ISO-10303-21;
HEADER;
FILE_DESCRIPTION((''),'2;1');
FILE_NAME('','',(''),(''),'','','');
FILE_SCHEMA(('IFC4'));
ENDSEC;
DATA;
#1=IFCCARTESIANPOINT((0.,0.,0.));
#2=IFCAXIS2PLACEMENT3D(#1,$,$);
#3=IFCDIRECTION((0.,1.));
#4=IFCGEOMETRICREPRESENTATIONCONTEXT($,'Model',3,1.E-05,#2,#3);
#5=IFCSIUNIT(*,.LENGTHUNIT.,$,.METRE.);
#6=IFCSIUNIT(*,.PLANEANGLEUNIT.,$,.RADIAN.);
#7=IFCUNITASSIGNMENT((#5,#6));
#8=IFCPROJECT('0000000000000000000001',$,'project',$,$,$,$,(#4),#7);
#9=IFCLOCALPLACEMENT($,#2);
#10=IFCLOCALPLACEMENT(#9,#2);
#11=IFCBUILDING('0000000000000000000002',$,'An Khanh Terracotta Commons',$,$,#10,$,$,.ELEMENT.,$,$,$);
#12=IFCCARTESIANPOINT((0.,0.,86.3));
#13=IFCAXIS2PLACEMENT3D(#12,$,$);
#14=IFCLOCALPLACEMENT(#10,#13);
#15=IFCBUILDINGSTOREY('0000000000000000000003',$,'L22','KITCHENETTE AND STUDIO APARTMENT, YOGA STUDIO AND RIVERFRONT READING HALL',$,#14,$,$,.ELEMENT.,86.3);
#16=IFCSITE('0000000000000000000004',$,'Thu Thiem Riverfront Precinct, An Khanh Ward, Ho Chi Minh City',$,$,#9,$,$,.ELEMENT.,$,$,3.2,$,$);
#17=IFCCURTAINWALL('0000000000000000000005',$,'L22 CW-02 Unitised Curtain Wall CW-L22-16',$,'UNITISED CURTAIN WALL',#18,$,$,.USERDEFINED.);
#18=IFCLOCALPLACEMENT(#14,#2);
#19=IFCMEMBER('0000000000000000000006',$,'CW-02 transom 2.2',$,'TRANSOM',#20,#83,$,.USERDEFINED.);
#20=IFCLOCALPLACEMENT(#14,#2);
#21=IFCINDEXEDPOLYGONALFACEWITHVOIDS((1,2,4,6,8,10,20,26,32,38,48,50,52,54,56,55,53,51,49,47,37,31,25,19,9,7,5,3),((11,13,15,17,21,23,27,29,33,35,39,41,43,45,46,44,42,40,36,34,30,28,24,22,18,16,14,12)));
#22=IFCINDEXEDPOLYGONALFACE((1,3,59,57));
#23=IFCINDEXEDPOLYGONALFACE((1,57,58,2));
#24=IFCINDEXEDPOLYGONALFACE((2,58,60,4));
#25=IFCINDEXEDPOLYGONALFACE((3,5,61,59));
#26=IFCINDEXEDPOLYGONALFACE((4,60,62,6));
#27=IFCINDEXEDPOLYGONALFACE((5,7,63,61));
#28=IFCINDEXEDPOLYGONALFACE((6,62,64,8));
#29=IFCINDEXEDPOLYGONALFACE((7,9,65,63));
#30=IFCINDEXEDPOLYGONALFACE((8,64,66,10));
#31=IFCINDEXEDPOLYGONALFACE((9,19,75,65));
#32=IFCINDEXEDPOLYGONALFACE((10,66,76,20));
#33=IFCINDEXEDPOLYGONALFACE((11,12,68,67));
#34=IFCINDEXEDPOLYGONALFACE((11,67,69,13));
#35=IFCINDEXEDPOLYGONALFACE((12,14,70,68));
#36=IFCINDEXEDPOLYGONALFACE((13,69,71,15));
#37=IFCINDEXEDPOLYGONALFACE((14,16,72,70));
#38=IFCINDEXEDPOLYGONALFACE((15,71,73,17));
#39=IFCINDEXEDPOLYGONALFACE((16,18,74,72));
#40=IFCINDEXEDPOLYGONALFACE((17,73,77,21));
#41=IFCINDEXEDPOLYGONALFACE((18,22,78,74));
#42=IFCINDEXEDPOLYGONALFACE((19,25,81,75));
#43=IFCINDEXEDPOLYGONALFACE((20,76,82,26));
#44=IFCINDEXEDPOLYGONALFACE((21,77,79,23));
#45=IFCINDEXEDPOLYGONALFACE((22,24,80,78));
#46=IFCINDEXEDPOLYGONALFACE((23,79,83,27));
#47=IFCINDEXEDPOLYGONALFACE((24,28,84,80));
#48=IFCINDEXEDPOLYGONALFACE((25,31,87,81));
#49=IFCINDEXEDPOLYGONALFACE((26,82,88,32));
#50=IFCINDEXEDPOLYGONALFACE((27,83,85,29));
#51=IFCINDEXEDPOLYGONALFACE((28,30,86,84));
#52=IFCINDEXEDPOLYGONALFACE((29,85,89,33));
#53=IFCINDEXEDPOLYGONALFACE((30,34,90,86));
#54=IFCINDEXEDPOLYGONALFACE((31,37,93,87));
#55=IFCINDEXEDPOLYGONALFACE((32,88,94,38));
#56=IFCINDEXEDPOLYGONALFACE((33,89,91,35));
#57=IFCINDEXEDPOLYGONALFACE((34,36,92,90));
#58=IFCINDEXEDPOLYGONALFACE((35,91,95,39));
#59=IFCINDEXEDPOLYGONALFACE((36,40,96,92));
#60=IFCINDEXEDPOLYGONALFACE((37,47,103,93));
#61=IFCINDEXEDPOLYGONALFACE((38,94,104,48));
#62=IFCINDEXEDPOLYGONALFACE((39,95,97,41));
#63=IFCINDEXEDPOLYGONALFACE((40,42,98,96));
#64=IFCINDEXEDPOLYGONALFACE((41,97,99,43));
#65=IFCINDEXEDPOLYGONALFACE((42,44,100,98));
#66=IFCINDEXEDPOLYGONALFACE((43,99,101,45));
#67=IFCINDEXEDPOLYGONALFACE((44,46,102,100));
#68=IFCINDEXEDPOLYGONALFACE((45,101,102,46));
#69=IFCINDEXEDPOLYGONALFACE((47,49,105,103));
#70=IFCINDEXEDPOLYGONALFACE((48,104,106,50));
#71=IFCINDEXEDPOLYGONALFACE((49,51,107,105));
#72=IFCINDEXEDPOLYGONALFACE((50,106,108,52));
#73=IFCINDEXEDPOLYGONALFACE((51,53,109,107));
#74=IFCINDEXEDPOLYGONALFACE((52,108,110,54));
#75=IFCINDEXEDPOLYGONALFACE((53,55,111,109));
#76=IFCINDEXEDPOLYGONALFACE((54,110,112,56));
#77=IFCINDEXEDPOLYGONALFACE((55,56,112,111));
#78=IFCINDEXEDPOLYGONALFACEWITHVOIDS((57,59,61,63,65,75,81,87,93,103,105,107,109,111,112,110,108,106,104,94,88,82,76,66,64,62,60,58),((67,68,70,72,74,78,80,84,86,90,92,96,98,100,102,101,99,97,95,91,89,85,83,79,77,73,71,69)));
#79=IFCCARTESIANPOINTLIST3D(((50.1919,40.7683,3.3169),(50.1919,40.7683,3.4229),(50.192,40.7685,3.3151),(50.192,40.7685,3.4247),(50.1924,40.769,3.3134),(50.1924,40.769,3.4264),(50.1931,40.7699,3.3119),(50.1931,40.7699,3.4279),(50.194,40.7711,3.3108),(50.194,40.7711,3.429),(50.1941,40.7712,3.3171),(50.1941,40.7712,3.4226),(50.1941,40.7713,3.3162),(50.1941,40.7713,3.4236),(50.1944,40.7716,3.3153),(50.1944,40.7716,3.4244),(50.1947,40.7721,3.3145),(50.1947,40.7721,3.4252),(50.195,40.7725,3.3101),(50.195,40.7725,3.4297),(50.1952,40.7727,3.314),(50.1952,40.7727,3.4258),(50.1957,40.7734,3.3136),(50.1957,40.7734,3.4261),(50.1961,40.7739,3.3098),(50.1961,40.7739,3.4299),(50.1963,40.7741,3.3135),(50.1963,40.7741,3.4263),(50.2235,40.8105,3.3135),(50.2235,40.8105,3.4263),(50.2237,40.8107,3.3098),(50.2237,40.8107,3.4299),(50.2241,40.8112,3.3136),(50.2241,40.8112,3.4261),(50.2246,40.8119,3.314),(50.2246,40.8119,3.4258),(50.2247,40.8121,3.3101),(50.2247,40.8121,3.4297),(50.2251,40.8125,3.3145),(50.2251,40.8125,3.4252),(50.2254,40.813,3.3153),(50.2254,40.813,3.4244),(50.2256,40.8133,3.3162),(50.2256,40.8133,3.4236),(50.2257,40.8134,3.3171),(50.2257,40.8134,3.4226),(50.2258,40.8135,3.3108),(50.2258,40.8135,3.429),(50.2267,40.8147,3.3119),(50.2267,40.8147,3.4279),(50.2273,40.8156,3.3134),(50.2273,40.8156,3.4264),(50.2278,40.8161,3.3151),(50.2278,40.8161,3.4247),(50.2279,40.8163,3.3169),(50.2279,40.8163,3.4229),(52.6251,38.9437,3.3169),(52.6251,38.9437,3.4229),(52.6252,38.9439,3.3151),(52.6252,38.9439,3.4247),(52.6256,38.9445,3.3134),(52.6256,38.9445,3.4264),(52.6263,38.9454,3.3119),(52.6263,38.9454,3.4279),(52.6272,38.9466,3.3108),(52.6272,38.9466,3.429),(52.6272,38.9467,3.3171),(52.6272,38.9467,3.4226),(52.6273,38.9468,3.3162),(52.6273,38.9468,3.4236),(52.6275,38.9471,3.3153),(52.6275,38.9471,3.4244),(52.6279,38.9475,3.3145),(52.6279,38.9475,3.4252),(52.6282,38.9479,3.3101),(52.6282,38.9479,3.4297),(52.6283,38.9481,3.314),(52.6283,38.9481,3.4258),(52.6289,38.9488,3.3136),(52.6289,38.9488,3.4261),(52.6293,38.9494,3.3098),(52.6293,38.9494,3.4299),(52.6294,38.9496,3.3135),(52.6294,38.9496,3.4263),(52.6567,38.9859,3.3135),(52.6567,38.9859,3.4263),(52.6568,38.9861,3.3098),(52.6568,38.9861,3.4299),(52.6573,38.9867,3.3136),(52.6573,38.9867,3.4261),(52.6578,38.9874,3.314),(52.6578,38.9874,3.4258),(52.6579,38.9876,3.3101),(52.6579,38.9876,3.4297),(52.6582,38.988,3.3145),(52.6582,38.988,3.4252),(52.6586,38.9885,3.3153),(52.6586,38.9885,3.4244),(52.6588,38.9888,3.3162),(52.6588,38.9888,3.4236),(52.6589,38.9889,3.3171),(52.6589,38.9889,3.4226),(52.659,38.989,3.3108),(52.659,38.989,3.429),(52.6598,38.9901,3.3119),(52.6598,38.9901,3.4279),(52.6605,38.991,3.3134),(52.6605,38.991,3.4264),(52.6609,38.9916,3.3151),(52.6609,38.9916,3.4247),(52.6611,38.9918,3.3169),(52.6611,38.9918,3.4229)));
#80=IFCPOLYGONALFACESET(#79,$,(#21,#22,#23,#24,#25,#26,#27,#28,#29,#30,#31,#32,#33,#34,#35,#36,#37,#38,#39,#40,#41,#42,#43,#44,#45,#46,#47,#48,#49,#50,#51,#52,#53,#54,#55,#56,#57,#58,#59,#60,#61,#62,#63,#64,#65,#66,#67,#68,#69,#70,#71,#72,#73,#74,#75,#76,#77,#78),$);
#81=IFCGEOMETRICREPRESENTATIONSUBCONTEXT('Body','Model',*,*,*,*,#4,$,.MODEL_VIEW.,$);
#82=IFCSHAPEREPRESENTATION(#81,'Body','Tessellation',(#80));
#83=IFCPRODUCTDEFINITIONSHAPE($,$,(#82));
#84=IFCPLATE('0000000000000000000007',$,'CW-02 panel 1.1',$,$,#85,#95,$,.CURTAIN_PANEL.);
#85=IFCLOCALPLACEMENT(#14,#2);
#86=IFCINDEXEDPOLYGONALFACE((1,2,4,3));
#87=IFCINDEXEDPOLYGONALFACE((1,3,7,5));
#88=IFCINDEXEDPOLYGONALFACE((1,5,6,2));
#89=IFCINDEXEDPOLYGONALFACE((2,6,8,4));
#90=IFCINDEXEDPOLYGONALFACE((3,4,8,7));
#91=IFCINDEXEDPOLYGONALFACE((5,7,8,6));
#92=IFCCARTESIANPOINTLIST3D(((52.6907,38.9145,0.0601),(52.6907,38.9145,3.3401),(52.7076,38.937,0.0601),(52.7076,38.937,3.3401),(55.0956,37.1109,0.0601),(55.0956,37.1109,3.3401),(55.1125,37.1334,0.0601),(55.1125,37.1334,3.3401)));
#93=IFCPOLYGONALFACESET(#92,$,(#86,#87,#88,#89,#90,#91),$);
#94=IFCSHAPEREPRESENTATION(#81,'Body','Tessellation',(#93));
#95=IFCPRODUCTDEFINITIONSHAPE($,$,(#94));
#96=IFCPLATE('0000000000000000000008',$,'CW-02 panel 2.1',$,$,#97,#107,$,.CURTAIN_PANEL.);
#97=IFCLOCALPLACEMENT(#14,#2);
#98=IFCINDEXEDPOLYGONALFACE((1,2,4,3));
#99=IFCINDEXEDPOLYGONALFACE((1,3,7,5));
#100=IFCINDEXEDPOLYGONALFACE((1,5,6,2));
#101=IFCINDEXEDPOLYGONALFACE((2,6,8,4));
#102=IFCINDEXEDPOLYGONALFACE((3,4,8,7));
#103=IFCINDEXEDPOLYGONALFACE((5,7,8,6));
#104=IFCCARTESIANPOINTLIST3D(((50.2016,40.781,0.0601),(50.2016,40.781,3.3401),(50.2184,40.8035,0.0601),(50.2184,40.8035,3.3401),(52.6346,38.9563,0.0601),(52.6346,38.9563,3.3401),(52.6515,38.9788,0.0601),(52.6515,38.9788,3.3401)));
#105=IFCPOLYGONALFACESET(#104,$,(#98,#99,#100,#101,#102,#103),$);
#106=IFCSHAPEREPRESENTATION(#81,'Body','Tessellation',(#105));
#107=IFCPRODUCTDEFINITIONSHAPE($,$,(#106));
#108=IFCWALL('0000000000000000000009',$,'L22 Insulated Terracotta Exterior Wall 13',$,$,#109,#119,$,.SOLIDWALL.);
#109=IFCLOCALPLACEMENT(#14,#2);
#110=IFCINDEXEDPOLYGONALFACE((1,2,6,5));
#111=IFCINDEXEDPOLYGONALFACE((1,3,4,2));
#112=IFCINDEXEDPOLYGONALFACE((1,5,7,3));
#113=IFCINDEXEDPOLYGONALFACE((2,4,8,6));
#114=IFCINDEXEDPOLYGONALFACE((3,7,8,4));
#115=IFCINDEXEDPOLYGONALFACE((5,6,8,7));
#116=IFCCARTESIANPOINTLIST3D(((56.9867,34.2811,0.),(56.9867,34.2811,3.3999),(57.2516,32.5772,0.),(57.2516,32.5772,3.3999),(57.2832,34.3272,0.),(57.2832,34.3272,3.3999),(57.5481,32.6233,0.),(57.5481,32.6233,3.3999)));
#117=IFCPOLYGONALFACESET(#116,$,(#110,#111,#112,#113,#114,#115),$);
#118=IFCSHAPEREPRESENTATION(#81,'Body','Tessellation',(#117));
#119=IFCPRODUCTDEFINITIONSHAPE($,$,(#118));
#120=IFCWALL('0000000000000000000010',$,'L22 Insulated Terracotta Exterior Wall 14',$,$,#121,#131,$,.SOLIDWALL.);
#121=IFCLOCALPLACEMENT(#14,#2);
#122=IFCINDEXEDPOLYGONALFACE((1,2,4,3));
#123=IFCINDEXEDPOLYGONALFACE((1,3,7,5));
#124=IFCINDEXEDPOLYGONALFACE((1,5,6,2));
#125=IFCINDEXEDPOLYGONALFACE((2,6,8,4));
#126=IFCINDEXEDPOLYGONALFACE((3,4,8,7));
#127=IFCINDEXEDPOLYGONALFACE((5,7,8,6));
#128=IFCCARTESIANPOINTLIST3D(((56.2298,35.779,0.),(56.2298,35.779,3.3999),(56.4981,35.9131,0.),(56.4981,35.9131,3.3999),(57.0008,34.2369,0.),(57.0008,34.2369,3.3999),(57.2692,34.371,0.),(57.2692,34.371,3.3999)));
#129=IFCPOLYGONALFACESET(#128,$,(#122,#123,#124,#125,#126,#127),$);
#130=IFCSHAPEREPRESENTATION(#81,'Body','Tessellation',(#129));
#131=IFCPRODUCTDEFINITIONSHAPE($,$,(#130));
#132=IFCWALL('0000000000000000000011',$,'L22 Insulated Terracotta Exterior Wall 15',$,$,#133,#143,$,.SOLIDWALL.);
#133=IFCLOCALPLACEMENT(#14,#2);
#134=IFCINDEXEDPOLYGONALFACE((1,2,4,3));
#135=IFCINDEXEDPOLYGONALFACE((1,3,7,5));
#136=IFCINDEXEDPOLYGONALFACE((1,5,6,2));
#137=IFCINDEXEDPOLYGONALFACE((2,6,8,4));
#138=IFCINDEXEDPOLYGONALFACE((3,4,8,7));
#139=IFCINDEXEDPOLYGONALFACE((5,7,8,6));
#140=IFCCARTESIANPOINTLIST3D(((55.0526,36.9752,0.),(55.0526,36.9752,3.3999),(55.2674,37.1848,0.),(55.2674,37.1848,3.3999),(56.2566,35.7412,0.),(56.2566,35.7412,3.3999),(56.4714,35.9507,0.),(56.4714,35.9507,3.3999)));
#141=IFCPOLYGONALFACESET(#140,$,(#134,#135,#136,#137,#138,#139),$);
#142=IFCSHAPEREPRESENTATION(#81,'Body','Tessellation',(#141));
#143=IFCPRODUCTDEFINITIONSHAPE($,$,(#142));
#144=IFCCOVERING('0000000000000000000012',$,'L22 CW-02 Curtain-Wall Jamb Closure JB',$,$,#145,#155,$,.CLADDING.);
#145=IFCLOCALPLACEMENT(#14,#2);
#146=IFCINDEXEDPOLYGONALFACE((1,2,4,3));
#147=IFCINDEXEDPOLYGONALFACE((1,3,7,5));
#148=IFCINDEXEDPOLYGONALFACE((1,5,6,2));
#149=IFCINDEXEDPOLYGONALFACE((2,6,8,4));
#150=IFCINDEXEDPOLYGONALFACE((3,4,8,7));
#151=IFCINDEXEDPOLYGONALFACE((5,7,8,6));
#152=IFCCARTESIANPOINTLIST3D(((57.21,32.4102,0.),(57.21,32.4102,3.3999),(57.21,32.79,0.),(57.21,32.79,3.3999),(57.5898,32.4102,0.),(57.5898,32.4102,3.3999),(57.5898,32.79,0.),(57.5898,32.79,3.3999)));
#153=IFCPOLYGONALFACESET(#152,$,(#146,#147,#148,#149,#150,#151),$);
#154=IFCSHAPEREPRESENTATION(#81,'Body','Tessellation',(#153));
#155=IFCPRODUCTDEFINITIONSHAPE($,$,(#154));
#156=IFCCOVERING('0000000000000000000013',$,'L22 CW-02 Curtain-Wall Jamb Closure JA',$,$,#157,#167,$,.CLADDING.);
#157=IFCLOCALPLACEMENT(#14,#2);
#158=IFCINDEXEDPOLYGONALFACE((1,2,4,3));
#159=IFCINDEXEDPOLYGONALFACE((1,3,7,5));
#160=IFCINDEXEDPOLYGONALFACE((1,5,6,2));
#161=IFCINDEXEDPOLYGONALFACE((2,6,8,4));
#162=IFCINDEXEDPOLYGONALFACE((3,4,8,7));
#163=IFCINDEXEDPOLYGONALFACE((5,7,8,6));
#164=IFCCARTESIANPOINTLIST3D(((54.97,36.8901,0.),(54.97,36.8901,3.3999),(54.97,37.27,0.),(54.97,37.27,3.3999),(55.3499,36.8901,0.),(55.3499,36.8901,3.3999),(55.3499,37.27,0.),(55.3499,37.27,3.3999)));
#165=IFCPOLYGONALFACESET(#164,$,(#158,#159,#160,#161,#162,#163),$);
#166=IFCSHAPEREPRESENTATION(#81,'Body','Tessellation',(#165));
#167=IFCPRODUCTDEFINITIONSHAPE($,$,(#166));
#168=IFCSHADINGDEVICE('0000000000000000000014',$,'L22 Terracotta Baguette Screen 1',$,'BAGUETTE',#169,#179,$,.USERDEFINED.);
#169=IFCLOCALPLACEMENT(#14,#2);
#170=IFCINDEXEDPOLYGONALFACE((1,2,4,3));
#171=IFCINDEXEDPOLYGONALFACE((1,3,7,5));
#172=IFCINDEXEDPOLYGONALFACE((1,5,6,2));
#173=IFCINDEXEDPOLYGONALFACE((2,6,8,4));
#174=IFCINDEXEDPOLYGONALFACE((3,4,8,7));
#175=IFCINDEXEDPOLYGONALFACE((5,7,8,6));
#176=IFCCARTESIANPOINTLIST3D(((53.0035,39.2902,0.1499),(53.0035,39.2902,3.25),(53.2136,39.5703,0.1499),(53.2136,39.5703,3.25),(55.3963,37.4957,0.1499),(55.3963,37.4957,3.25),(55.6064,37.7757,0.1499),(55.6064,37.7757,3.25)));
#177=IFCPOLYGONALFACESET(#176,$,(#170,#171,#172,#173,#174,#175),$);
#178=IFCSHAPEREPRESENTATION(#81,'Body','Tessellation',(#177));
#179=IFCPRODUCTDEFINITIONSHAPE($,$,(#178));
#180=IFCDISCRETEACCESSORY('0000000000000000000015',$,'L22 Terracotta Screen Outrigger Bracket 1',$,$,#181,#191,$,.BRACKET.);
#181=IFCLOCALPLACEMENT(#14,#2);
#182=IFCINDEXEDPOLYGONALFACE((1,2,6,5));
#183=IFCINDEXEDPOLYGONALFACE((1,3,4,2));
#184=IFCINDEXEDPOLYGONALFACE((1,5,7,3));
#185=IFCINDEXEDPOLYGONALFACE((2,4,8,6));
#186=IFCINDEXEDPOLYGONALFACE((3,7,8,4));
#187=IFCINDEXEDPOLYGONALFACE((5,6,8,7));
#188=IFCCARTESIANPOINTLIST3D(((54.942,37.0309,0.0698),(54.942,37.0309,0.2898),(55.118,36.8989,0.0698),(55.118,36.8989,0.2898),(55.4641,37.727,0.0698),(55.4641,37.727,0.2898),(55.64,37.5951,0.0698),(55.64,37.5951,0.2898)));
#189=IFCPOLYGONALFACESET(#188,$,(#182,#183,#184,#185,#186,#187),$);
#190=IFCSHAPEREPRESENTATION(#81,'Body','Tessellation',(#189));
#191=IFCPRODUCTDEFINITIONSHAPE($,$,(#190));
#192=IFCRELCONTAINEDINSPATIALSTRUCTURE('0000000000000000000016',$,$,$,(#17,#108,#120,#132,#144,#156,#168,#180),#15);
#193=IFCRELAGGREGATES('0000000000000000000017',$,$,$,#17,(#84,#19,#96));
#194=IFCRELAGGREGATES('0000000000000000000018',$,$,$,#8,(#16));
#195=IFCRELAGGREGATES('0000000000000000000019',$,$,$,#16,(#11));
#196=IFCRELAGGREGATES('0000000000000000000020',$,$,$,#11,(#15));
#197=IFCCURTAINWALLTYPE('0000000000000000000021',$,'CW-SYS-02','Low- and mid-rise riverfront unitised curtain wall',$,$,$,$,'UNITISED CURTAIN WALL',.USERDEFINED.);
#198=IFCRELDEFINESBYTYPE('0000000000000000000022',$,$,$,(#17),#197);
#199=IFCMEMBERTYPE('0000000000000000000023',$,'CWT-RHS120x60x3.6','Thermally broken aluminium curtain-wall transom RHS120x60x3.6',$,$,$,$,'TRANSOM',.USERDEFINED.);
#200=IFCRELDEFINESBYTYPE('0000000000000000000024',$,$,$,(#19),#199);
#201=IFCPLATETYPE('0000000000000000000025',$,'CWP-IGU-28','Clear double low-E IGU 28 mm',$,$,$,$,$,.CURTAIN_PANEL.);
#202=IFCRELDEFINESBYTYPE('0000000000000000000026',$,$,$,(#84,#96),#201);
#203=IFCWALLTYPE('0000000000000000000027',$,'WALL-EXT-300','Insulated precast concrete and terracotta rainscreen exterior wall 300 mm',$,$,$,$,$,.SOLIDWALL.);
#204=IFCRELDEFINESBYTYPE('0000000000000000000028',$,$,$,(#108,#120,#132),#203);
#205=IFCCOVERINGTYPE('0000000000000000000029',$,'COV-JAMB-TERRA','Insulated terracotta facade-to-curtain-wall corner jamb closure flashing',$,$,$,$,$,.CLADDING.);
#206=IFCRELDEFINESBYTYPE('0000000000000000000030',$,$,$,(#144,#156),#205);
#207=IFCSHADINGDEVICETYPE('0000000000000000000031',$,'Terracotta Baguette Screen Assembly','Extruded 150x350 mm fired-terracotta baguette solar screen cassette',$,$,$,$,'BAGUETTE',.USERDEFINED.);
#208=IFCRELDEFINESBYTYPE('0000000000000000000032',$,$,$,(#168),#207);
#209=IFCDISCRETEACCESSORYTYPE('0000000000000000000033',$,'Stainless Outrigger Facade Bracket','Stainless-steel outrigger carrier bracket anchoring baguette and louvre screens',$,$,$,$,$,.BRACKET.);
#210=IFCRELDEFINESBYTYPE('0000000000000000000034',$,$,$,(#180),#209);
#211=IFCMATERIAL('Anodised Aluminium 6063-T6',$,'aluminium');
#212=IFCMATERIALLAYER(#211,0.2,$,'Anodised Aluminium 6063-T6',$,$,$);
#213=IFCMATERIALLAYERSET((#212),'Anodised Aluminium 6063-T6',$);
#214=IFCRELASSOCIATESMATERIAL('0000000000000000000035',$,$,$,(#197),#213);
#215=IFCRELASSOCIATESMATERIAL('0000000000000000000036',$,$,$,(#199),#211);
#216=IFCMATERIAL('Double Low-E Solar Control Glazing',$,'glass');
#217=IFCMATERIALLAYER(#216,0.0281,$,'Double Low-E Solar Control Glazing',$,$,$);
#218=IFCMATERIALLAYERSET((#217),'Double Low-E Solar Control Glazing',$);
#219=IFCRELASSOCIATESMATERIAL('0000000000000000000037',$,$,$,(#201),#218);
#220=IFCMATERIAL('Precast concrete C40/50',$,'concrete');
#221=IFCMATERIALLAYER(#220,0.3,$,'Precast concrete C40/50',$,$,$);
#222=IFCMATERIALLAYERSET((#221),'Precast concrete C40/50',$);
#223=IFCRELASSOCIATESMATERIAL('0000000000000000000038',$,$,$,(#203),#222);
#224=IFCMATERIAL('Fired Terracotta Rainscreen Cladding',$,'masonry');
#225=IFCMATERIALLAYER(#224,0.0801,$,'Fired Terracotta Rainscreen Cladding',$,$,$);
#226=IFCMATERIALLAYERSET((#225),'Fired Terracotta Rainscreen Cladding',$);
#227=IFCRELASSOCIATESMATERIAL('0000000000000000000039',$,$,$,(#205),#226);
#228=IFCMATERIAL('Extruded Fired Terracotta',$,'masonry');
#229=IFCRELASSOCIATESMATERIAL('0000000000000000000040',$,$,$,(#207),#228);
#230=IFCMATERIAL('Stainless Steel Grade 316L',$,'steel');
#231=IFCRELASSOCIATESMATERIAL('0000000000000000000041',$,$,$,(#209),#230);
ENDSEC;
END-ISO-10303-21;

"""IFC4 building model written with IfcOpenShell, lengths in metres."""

from ifc_helpers import new_model, si_unit, direction, frame, frame_2d, origin, origin_2d, place, context, subcontext, project, spatial, rectangle, hollow_rectangle, extrude, material, layer, layer_set, material_profile, profile_set, type_object, element, aggregate, save


model = new_model("IFC4")

# Units and contexts
model_context = context("Model", 3, precision=1e-05, world=origin(), true_north=direction((0.0, 1.0)))
body_context = subcontext(model_context, "Body", "Model", "MODEL_VIEW")
ifc_project = project(units=[si_unit("LENGTHUNIT", "METRE"), si_unit("PLANEANGLEUNIT", "RADIAN")], contexts=[model_context])

# Site, building, storey
site_placement = place(None, origin())
site = spatial("IfcSite", under=ifc_project, at=site_placement, Name="Thu Thiem Riverfront Precinct, An Khanh Ward, Ho Chi Minh City", CompositionType="ELEMENT", RefElevation=3.2)
building_placement = place(site_placement, origin())
building = spatial("IfcBuilding", under=site, at=building_placement, Name="An Khanh Terracotta Commons", CompositionType="ELEMENT")
storey_placement = place(building_placement, frame((0.0, 0.0, 86.3)))
storey = spatial("IfcBuildingStorey", under=building, at=storey_placement, Name="L22", Description="KITCHENETTE AND STUDIO APARTMENT, YOGA STUDIO AND RIVERFRONT READING HALL", CompositionType="ELEMENT", Elevation=86.3)

# Shared definitions
ifc_material_1 = material(Name="Anodised Aluminium 6063-T6", Category="aluminium")
ifc_layer_1 = layer(ifc_material_1, 0.2, Name="Anodised Aluminium 6063-T6")
ifc_layer_set_1 = layer_set([ifc_layer_1], Name="Anodised Aluminium 6063-T6")
curtain_wall_type = type_object("IfcCurtainWallType", Name="CW-SYS-02", Description="Low- and mid-rise riverfront unitised curtain wall", ElementType="UNITISED CURTAIN WALL", PredefinedType="USERDEFINED", material=ifc_layer_set_1)

# Curtain wall, member, plates
curtain_wall_1_placement = place(storey_placement, origin())
curtain_wall_1 = element("IfcCurtainWall", 1, at=curtain_wall_1_placement, inside=storey, type_object=curtain_wall_type, Name="L22 CW-02 Unitised Curtain Wall CW-L22-16", ObjectType="UNITISED CURTAIN WALL", PredefinedType="USERDEFINED")
ifc_material_profile_1 = material_profile(ifc_material_1, hollow_rectangle(XDim=0.0601, YDim=0.1201, WallThickness=0.0037, InnerFilletRadius=0.0037, OuterFilletRadius=0.0071, at=origin_2d()), Name="RHS120x60x3.6")
ifc_profile_set_1 = profile_set([ifc_material_profile_1], Name="Anodised Aluminium 6063-T6")
member_type_1 = type_object("IfcMemberType", Name="CWT-RHS120x60x3.6", Description="Thermally broken aluminium curtain-wall transom RHS120x60x3.6", ElementType="TRANSOM", PredefinedType="USERDEFINED", material=ifc_profile_set_1)
member_1_placement = place(storey_placement, frame((52.6431, 38.9678, 3.3699), z_axis=(-0.800058, 0.599923, 0.0), x_axis=(-0.599923, -0.800058, 0.0)))
member_1 = element("IfcMember", 2, at=member_1_placement, type_object=member_type_1, Name="CW-02 transom 2.2", ObjectType="TRANSOM", PredefinedType="USERDEFINED", context=body_context, shape_type="SweptSolid", body=[
    extrude(hollow_rectangle(XDim=0.0601, YDim=0.1201, WallThickness=0.0037, InnerFilletRadius=0.0037, OuterFilletRadius=0.0071, at=origin_2d()), origin(), (0.0, 0.0, 1.0), 3.0413),
])
ifc_material_2 = material(Name="Double Low-E Solar Control Glazing", Category="glass")
ifc_layer_2 = layer(ifc_material_2, 0.0281, Name="Double Low-E Solar Control Glazing")
ifc_layer_set_2 = layer_set([ifc_layer_2], Name="Double Low-E Solar Control Glazing")
plate_type = type_object("IfcPlateType", Name="CWP-IGU-28", Description="Clear double low-E IGU 28 mm", PredefinedType="CURTAIN_PANEL", material=ifc_layer_set_2)
plate_1_placement = place(storey_placement, frame((53.9016, 38.0239, 0.0601), z_axis=(0.0, 0.0, 1.0), x_axis=(-0.800013, 0.599983, 0.0)))
plate_1 = element("IfcPlate", 3, at=plate_1_placement, type_object=plate_type, Name="CW-02 panel 1.1", PredefinedType="CURTAIN_PANEL", context=body_context, shape_type="SweptSolid", body=[
    extrude(rectangle(XDim=3.0061, YDim=0.0281, at=origin_2d()), origin(), (0.0, 0.0, 1.0), 3.28),
])
plate_2_placement = place(storey_placement, frame((51.4265, 39.8799, 0.0601), z_axis=(0.0, 0.0, 1.0), x_axis=(-0.800013, 0.599983, 0.0)))
plate_2 = element("IfcPlate", 4, at=plate_2_placement, type_object=plate_type, Name="CW-02 panel 2.1", PredefinedType="CURTAIN_PANEL", context=body_context, shape_type="SweptSolid", body=[
    extrude(rectangle(XDim=3.0413, YDim=0.0281, at=origin_2d()), origin(), (0.0, 0.0, 1.0), 3.28),
])
aggregate(curtain_wall_1, [plate_1, member_1, plate_2])

# Walls
ifc_material_3 = material(Name="Precast concrete C40/50", Category="concrete")
ifc_layer_3 = layer(ifc_material_3, 0.3, Name="Precast concrete C40/50")
ifc_layer_set_3 = layer_set([ifc_layer_3], Name="Precast concrete C40/50")
wall_type = type_object("IfcWallType", Name="WALL-EXT-300", Description="Insulated precast concrete and terracotta rainscreen exterior wall 300 mm", PredefinedType="SOLIDWALL", material=ifc_layer_set_3)
wall_placement = place(storey_placement, frame((57.3999, 32.6001, 0.0), z_axis=(0.0, 0.0, 1.0), x_axis=(-0.153621, 0.98813, 0.0)))
element("IfcWall", 5, at=wall_placement, inside=storey, type_object=wall_type, Name="L22 Insulated Terracotta Exterior Wall 13", PredefinedType="SOLIDWALL", context=body_context, shape_type="SweptSolid", body=[
    extrude(rectangle(XDim=1.7244, YDim=0.3, at=frame_2d((0.8623, 0.0))), origin(), (0.0, 0.0, 1.0), 3.3999),
])
for number, where, z_axis, x_axis, name in (
    (6, (57.135, 34.304, 0.0), (0.0, 0.0, 1.0), (-0.447214, 0.894427, 0.0), "L22 Insulated Terracotta Exterior Wall 14"),
    (7, (56.364, 35.8459, 0.0), (0.0, 0.0, 1.0), (-0.698345, 0.715761, 0.0), "L22 Insulated Terracotta Exterior Wall 15"),
):
    element("IfcWall", number, at=place(storey_placement, frame(where, z_axis=z_axis, x_axis=x_axis)), inside=storey, type_object=wall_type, Name=name, PredefinedType="SOLIDWALL", context=body_context, shape_type="SweptSolid", body=[
        extrude(rectangle(XDim=1.7241, YDim=0.3, at=frame_2d((0.8621, 0.0))), origin(), (0.0, 0.0, 1.0), 3.3999),
    ])

# Coverings
ifc_material_4 = material(Name="Fired Terracotta Rainscreen Cladding", Category="masonry")
ifc_layer_4 = layer(ifc_material_4, 0.0801, Name="Fired Terracotta Rainscreen Cladding")
ifc_layer_set_4 = layer_set([ifc_layer_4], Name="Fired Terracotta Rainscreen Cladding")
covering_type = type_object("IfcCoveringType", Name="COV-JAMB-TERRA", Description="Insulated terracotta facade-to-curtain-wall corner jamb closure flashing", PredefinedType="CLADDING", material=ifc_layer_set_4)
for number, where, z_axis, x_axis, name in (
    (8, (57.3999, 32.6001, 0.0), (0.0, 0.0, 1.0), (1.0, 0.0, 0.0), "L22 CW-02 Curtain-Wall Jamb Closure JB"),
    (9, (55.1599, 37.0801, 0.0), (0.0, 0.0, 1.0), (1.0, 0.0, 0.0), "L22 CW-02 Curtain-Wall Jamb Closure JA"),
):
    element("IfcCovering", number, at=place(storey_placement, frame(where, z_axis=z_axis, x_axis=x_axis)), inside=storey, type_object=covering_type, Name=name, PredefinedType="CLADDING", context=body_context, shape_type="SweptSolid", body=[
        extrude(rectangle(XDim=0.3799, YDim=0.3799, at=origin_2d()), origin(), (0.0, 0.0, 1.0), 3.3999),
    ])

# Shading device
ifc_material_5 = material(Name="Extruded Fired Terracotta", Category="masonry")
shading_device_type = type_object("IfcShadingDeviceType", Name="Terracotta Baguette Screen Assembly", Description="Extruded 150x350 mm fired-terracotta baguette solar screen cassette", ElementType="BAGUETTE", PredefinedType="USERDEFINED", material=ifc_material_5)
shading_device_placement = place(storey_placement, frame((54.3049, 38.533, 0.1499), z_axis=(0.0, 0.0, 1.0), x_axis=(-0.800013, 0.599983, 0.0)))
element("IfcShadingDevice", 10, at=shading_device_placement, inside=storey, type_object=shading_device_type, Name="L22 Terracotta Baguette Screen 1", ObjectType="BAGUETTE", PredefinedType="USERDEFINED", context=body_context, shape_type="SweptSolid", body=[
    extrude(rectangle(XDim=2.991, YDim=0.3501, at=origin_2d()), origin(), (0.0, 0.0, 1.0), 3.1001),
])

# Discrete accessory
ifc_material_6 = material(Name="Stainless Steel Grade 316L", Category="steel")
discrete_accessory_type = type_object("IfcDiscreteAccessoryType", Name="Stainless Outrigger Facade Bracket", Description="Stainless-steel outrigger carrier bracket anchoring baguette and louvre screens", PredefinedType="BRACKET", material=ifc_material_6)
for number, where, z_axis, x_axis, name in (
    (11, (55.291, 37.313, 0.0698), (0.0, 0.0, 1.0), (-0.800013, 0.599983, 0.0), "L22 Terracotta Screen Outrigger Bracket 1"),
):
    element("IfcDiscreteAccessory", number, at=place(storey_placement, frame(where, z_axis=z_axis, x_axis=x_axis)), inside=storey, type_object=discrete_accessory_type, Name=name, PredefinedType="BRACKET", context=body_context, shape_type="SweptSolid", body=[
        extrude(rectangle(XDim=0.22, YDim=0.8701, at=origin_2d()), origin(), (0.0, 0.0, 1.0), 0.22),
    ])

save(model, "model.ifc")
